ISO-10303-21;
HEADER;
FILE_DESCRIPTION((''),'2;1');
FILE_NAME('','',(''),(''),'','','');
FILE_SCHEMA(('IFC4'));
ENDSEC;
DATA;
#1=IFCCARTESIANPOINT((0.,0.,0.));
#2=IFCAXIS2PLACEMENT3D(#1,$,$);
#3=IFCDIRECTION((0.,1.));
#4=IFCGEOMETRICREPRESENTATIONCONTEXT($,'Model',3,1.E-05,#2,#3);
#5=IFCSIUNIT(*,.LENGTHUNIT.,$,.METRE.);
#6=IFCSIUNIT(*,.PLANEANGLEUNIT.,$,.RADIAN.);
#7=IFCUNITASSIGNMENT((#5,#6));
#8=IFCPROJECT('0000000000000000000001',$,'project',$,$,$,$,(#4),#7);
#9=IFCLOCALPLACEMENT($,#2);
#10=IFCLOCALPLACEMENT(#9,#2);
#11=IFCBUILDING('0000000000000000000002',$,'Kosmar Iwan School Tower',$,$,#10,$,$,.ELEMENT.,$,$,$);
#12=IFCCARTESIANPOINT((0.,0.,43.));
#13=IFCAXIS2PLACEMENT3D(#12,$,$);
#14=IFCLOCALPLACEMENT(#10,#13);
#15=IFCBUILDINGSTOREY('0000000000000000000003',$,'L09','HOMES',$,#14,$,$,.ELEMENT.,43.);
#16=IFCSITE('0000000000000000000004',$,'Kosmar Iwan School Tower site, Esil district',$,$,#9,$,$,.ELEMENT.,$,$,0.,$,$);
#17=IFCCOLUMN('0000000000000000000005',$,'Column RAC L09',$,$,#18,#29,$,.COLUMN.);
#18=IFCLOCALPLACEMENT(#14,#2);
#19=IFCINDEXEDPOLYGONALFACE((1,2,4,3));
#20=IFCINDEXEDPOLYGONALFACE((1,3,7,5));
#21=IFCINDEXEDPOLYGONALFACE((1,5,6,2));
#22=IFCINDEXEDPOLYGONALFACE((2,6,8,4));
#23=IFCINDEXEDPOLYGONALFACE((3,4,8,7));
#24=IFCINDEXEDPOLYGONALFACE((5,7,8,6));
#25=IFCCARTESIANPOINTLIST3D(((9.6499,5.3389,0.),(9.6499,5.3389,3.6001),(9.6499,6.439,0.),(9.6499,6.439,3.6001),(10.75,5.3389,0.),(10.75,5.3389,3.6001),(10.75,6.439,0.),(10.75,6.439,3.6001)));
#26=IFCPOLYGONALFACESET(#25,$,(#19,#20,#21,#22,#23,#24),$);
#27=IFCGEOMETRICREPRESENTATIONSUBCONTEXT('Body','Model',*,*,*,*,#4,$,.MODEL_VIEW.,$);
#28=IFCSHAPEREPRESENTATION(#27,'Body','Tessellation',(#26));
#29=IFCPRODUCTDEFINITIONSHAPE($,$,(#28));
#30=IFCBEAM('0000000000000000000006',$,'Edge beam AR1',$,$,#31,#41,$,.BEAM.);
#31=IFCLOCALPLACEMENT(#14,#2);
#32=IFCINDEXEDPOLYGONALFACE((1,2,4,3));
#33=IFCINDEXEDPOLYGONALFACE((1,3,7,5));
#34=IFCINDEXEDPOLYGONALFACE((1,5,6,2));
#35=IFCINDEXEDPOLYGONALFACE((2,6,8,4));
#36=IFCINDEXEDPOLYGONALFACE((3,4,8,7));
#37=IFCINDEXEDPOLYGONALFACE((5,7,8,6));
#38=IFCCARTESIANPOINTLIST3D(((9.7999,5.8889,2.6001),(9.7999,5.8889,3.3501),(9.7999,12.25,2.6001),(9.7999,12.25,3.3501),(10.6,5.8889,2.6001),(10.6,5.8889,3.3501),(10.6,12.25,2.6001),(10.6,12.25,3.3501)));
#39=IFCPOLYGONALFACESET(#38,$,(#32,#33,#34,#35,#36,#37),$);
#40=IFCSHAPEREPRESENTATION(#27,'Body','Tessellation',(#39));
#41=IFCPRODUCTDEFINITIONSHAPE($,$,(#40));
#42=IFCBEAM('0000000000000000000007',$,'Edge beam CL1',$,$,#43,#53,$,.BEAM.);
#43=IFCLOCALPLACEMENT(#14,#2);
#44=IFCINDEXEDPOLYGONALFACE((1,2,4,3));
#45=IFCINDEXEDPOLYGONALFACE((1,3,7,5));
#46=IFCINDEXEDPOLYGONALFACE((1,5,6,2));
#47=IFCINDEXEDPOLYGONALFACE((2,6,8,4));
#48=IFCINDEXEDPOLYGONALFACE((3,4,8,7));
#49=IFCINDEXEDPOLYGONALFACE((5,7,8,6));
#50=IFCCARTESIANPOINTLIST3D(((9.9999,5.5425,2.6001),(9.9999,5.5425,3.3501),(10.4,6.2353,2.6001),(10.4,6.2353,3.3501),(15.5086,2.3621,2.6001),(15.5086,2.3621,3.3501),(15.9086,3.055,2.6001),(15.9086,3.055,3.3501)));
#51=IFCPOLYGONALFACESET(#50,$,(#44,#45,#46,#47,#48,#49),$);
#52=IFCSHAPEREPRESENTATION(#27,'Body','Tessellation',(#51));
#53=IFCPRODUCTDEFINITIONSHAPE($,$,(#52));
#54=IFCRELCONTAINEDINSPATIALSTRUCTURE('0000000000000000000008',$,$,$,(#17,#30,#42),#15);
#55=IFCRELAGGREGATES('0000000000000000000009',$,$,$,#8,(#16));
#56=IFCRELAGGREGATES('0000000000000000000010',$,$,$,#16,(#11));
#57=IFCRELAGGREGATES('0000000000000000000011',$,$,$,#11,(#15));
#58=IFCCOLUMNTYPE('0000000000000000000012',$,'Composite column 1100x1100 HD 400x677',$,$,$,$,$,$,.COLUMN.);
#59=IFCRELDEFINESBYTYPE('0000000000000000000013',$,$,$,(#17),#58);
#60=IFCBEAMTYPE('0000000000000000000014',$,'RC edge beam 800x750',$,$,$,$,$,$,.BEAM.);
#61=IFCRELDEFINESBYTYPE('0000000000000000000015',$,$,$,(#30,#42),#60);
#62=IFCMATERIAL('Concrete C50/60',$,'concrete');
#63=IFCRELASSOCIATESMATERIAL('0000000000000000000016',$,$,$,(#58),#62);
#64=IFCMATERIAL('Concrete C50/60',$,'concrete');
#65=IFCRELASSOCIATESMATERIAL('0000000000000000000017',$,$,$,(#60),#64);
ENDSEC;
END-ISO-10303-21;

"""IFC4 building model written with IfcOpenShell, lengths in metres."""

from ifc_helpers import new_model, si_unit, direction, frame, origin, origin_2d, place, context, subcontext, project, spatial, rectangle, extrude, material, material_profile, profile_set, type_object, element, save


model = new_model("IFC4")

# Units and contexts
model_context = context("Model", 3, precision=1e-05, world=origin(), true_north=direction((0.0, 1.0)))
body_context = subcontext(model_context, "Body", "Model", "MODEL_VIEW")
ifc_project = project(units=[si_unit("LENGTHUNIT", "METRE"), si_unit("PLANEANGLEUNIT", "RADIAN")], contexts=[model_context])

# Site, building, storey
site_placement = place(None, origin())
site = spatial("IfcSite", under=ifc_project, at=site_placement, Name="Kosmar Iwan School Tower site, Esil district", CompositionType="ELEMENT", RefElevation=0.0)
building_placement = place(site_placement, origin())
building = spatial("IfcBuilding", under=site, at=building_placement, Name="Kosmar Iwan School Tower", CompositionType="ELEMENT")
storey_placement = place(building_placement, frame((0.0, 0.0, 43.0)))
storey = spatial("IfcBuildingStorey", under=building, at=storey_placement, Name="L09", Description="HOMES", CompositionType="ELEMENT", Elevation=43.0)

# Column
ifc_material_1 = material(Name="Concrete C50/60", Category="concrete")
ifc_material_profile_1 = material_profile(ifc_material_1, rectangle(XDim=1.1001, YDim=1.1001, at=origin_2d()), Name="RC 1100x1100 + HD 400x677")
ifc_profile_set_1 = profile_set([ifc_material_profile_1], Name="Concrete C50/60")
column_type = type_object("IfcColumnType", Name="Composite column 1100x1100 HD 400x677", PredefinedType="COLUMN", material=ifc_profile_set_1)
column_placement = place(storey_placement, frame((10.2, 5.8889, 0.0), z_axis=(0.0, 0.0, 1.0), x_axis=(1.0, 0.0, 0.0)))
element("IfcColumn", 1, at=column_placement, inside=storey, type_object=column_type, Name="Column RAC L09", PredefinedType="COLUMN", context=body_context, shape_type="SweptSolid", body=[
    extrude(rectangle(XDim=1.1001, YDim=1.1001, at=origin_2d()), origin(), (0.0, 0.0, 1.0), 3.6001),
])

# Beams
ifc_material_2 = material(Name="Concrete C50/60", Category="concrete")
ifc_material_profile_2 = material_profile(ifc_material_2, rectangle(XDim=0.8, YDim=0.75, at=origin_2d()), Name="RC 800x750")
ifc_profile_set_2 = profile_set([ifc_material_profile_2], Name="Concrete C50/60")
beam_type = type_object("IfcBeamType", Name="RC edge beam 800x750", PredefinedType="BEAM", material=ifc_profile_set_2)
beam_1_placement = place(storey_placement, frame((10.2, 5.8889, 2.9751), z_axis=(0.0, 1.0, 0.0), x_axis=(-1.0, 0.0, 0.0)))
element("IfcBeam", 2, at=beam_1_placement, inside=storey, type_object=beam_type, Name="Edge beam AR1", PredefinedType="BEAM", context=body_context, shape_type="SweptSolid", body=[
    extrude(rectangle(XDim=0.8, YDim=0.75, at=origin_2d()), origin(), (0.0, 0.0, 1.0), 6.3611),
])
beam_2_placement = place(storey_placement, frame((10.2, 5.8889, 2.9751), z_axis=(0.866031, -0.49999, 0.0), x_axis=(0.49999, 0.866031, 0.0)))
element("IfcBeam", 3, at=beam_2_placement, inside=storey, type_object=beam_type, Name="Edge beam CL1", PredefinedType="BEAM", context=body_context, shape_type="SweptSolid", body=[
    extrude(rectangle(XDim=0.8, YDim=0.75, at=origin_2d()), origin(), (0.0, 0.0, 1.0), 6.3608),
])

save(model, "model.ifc")
